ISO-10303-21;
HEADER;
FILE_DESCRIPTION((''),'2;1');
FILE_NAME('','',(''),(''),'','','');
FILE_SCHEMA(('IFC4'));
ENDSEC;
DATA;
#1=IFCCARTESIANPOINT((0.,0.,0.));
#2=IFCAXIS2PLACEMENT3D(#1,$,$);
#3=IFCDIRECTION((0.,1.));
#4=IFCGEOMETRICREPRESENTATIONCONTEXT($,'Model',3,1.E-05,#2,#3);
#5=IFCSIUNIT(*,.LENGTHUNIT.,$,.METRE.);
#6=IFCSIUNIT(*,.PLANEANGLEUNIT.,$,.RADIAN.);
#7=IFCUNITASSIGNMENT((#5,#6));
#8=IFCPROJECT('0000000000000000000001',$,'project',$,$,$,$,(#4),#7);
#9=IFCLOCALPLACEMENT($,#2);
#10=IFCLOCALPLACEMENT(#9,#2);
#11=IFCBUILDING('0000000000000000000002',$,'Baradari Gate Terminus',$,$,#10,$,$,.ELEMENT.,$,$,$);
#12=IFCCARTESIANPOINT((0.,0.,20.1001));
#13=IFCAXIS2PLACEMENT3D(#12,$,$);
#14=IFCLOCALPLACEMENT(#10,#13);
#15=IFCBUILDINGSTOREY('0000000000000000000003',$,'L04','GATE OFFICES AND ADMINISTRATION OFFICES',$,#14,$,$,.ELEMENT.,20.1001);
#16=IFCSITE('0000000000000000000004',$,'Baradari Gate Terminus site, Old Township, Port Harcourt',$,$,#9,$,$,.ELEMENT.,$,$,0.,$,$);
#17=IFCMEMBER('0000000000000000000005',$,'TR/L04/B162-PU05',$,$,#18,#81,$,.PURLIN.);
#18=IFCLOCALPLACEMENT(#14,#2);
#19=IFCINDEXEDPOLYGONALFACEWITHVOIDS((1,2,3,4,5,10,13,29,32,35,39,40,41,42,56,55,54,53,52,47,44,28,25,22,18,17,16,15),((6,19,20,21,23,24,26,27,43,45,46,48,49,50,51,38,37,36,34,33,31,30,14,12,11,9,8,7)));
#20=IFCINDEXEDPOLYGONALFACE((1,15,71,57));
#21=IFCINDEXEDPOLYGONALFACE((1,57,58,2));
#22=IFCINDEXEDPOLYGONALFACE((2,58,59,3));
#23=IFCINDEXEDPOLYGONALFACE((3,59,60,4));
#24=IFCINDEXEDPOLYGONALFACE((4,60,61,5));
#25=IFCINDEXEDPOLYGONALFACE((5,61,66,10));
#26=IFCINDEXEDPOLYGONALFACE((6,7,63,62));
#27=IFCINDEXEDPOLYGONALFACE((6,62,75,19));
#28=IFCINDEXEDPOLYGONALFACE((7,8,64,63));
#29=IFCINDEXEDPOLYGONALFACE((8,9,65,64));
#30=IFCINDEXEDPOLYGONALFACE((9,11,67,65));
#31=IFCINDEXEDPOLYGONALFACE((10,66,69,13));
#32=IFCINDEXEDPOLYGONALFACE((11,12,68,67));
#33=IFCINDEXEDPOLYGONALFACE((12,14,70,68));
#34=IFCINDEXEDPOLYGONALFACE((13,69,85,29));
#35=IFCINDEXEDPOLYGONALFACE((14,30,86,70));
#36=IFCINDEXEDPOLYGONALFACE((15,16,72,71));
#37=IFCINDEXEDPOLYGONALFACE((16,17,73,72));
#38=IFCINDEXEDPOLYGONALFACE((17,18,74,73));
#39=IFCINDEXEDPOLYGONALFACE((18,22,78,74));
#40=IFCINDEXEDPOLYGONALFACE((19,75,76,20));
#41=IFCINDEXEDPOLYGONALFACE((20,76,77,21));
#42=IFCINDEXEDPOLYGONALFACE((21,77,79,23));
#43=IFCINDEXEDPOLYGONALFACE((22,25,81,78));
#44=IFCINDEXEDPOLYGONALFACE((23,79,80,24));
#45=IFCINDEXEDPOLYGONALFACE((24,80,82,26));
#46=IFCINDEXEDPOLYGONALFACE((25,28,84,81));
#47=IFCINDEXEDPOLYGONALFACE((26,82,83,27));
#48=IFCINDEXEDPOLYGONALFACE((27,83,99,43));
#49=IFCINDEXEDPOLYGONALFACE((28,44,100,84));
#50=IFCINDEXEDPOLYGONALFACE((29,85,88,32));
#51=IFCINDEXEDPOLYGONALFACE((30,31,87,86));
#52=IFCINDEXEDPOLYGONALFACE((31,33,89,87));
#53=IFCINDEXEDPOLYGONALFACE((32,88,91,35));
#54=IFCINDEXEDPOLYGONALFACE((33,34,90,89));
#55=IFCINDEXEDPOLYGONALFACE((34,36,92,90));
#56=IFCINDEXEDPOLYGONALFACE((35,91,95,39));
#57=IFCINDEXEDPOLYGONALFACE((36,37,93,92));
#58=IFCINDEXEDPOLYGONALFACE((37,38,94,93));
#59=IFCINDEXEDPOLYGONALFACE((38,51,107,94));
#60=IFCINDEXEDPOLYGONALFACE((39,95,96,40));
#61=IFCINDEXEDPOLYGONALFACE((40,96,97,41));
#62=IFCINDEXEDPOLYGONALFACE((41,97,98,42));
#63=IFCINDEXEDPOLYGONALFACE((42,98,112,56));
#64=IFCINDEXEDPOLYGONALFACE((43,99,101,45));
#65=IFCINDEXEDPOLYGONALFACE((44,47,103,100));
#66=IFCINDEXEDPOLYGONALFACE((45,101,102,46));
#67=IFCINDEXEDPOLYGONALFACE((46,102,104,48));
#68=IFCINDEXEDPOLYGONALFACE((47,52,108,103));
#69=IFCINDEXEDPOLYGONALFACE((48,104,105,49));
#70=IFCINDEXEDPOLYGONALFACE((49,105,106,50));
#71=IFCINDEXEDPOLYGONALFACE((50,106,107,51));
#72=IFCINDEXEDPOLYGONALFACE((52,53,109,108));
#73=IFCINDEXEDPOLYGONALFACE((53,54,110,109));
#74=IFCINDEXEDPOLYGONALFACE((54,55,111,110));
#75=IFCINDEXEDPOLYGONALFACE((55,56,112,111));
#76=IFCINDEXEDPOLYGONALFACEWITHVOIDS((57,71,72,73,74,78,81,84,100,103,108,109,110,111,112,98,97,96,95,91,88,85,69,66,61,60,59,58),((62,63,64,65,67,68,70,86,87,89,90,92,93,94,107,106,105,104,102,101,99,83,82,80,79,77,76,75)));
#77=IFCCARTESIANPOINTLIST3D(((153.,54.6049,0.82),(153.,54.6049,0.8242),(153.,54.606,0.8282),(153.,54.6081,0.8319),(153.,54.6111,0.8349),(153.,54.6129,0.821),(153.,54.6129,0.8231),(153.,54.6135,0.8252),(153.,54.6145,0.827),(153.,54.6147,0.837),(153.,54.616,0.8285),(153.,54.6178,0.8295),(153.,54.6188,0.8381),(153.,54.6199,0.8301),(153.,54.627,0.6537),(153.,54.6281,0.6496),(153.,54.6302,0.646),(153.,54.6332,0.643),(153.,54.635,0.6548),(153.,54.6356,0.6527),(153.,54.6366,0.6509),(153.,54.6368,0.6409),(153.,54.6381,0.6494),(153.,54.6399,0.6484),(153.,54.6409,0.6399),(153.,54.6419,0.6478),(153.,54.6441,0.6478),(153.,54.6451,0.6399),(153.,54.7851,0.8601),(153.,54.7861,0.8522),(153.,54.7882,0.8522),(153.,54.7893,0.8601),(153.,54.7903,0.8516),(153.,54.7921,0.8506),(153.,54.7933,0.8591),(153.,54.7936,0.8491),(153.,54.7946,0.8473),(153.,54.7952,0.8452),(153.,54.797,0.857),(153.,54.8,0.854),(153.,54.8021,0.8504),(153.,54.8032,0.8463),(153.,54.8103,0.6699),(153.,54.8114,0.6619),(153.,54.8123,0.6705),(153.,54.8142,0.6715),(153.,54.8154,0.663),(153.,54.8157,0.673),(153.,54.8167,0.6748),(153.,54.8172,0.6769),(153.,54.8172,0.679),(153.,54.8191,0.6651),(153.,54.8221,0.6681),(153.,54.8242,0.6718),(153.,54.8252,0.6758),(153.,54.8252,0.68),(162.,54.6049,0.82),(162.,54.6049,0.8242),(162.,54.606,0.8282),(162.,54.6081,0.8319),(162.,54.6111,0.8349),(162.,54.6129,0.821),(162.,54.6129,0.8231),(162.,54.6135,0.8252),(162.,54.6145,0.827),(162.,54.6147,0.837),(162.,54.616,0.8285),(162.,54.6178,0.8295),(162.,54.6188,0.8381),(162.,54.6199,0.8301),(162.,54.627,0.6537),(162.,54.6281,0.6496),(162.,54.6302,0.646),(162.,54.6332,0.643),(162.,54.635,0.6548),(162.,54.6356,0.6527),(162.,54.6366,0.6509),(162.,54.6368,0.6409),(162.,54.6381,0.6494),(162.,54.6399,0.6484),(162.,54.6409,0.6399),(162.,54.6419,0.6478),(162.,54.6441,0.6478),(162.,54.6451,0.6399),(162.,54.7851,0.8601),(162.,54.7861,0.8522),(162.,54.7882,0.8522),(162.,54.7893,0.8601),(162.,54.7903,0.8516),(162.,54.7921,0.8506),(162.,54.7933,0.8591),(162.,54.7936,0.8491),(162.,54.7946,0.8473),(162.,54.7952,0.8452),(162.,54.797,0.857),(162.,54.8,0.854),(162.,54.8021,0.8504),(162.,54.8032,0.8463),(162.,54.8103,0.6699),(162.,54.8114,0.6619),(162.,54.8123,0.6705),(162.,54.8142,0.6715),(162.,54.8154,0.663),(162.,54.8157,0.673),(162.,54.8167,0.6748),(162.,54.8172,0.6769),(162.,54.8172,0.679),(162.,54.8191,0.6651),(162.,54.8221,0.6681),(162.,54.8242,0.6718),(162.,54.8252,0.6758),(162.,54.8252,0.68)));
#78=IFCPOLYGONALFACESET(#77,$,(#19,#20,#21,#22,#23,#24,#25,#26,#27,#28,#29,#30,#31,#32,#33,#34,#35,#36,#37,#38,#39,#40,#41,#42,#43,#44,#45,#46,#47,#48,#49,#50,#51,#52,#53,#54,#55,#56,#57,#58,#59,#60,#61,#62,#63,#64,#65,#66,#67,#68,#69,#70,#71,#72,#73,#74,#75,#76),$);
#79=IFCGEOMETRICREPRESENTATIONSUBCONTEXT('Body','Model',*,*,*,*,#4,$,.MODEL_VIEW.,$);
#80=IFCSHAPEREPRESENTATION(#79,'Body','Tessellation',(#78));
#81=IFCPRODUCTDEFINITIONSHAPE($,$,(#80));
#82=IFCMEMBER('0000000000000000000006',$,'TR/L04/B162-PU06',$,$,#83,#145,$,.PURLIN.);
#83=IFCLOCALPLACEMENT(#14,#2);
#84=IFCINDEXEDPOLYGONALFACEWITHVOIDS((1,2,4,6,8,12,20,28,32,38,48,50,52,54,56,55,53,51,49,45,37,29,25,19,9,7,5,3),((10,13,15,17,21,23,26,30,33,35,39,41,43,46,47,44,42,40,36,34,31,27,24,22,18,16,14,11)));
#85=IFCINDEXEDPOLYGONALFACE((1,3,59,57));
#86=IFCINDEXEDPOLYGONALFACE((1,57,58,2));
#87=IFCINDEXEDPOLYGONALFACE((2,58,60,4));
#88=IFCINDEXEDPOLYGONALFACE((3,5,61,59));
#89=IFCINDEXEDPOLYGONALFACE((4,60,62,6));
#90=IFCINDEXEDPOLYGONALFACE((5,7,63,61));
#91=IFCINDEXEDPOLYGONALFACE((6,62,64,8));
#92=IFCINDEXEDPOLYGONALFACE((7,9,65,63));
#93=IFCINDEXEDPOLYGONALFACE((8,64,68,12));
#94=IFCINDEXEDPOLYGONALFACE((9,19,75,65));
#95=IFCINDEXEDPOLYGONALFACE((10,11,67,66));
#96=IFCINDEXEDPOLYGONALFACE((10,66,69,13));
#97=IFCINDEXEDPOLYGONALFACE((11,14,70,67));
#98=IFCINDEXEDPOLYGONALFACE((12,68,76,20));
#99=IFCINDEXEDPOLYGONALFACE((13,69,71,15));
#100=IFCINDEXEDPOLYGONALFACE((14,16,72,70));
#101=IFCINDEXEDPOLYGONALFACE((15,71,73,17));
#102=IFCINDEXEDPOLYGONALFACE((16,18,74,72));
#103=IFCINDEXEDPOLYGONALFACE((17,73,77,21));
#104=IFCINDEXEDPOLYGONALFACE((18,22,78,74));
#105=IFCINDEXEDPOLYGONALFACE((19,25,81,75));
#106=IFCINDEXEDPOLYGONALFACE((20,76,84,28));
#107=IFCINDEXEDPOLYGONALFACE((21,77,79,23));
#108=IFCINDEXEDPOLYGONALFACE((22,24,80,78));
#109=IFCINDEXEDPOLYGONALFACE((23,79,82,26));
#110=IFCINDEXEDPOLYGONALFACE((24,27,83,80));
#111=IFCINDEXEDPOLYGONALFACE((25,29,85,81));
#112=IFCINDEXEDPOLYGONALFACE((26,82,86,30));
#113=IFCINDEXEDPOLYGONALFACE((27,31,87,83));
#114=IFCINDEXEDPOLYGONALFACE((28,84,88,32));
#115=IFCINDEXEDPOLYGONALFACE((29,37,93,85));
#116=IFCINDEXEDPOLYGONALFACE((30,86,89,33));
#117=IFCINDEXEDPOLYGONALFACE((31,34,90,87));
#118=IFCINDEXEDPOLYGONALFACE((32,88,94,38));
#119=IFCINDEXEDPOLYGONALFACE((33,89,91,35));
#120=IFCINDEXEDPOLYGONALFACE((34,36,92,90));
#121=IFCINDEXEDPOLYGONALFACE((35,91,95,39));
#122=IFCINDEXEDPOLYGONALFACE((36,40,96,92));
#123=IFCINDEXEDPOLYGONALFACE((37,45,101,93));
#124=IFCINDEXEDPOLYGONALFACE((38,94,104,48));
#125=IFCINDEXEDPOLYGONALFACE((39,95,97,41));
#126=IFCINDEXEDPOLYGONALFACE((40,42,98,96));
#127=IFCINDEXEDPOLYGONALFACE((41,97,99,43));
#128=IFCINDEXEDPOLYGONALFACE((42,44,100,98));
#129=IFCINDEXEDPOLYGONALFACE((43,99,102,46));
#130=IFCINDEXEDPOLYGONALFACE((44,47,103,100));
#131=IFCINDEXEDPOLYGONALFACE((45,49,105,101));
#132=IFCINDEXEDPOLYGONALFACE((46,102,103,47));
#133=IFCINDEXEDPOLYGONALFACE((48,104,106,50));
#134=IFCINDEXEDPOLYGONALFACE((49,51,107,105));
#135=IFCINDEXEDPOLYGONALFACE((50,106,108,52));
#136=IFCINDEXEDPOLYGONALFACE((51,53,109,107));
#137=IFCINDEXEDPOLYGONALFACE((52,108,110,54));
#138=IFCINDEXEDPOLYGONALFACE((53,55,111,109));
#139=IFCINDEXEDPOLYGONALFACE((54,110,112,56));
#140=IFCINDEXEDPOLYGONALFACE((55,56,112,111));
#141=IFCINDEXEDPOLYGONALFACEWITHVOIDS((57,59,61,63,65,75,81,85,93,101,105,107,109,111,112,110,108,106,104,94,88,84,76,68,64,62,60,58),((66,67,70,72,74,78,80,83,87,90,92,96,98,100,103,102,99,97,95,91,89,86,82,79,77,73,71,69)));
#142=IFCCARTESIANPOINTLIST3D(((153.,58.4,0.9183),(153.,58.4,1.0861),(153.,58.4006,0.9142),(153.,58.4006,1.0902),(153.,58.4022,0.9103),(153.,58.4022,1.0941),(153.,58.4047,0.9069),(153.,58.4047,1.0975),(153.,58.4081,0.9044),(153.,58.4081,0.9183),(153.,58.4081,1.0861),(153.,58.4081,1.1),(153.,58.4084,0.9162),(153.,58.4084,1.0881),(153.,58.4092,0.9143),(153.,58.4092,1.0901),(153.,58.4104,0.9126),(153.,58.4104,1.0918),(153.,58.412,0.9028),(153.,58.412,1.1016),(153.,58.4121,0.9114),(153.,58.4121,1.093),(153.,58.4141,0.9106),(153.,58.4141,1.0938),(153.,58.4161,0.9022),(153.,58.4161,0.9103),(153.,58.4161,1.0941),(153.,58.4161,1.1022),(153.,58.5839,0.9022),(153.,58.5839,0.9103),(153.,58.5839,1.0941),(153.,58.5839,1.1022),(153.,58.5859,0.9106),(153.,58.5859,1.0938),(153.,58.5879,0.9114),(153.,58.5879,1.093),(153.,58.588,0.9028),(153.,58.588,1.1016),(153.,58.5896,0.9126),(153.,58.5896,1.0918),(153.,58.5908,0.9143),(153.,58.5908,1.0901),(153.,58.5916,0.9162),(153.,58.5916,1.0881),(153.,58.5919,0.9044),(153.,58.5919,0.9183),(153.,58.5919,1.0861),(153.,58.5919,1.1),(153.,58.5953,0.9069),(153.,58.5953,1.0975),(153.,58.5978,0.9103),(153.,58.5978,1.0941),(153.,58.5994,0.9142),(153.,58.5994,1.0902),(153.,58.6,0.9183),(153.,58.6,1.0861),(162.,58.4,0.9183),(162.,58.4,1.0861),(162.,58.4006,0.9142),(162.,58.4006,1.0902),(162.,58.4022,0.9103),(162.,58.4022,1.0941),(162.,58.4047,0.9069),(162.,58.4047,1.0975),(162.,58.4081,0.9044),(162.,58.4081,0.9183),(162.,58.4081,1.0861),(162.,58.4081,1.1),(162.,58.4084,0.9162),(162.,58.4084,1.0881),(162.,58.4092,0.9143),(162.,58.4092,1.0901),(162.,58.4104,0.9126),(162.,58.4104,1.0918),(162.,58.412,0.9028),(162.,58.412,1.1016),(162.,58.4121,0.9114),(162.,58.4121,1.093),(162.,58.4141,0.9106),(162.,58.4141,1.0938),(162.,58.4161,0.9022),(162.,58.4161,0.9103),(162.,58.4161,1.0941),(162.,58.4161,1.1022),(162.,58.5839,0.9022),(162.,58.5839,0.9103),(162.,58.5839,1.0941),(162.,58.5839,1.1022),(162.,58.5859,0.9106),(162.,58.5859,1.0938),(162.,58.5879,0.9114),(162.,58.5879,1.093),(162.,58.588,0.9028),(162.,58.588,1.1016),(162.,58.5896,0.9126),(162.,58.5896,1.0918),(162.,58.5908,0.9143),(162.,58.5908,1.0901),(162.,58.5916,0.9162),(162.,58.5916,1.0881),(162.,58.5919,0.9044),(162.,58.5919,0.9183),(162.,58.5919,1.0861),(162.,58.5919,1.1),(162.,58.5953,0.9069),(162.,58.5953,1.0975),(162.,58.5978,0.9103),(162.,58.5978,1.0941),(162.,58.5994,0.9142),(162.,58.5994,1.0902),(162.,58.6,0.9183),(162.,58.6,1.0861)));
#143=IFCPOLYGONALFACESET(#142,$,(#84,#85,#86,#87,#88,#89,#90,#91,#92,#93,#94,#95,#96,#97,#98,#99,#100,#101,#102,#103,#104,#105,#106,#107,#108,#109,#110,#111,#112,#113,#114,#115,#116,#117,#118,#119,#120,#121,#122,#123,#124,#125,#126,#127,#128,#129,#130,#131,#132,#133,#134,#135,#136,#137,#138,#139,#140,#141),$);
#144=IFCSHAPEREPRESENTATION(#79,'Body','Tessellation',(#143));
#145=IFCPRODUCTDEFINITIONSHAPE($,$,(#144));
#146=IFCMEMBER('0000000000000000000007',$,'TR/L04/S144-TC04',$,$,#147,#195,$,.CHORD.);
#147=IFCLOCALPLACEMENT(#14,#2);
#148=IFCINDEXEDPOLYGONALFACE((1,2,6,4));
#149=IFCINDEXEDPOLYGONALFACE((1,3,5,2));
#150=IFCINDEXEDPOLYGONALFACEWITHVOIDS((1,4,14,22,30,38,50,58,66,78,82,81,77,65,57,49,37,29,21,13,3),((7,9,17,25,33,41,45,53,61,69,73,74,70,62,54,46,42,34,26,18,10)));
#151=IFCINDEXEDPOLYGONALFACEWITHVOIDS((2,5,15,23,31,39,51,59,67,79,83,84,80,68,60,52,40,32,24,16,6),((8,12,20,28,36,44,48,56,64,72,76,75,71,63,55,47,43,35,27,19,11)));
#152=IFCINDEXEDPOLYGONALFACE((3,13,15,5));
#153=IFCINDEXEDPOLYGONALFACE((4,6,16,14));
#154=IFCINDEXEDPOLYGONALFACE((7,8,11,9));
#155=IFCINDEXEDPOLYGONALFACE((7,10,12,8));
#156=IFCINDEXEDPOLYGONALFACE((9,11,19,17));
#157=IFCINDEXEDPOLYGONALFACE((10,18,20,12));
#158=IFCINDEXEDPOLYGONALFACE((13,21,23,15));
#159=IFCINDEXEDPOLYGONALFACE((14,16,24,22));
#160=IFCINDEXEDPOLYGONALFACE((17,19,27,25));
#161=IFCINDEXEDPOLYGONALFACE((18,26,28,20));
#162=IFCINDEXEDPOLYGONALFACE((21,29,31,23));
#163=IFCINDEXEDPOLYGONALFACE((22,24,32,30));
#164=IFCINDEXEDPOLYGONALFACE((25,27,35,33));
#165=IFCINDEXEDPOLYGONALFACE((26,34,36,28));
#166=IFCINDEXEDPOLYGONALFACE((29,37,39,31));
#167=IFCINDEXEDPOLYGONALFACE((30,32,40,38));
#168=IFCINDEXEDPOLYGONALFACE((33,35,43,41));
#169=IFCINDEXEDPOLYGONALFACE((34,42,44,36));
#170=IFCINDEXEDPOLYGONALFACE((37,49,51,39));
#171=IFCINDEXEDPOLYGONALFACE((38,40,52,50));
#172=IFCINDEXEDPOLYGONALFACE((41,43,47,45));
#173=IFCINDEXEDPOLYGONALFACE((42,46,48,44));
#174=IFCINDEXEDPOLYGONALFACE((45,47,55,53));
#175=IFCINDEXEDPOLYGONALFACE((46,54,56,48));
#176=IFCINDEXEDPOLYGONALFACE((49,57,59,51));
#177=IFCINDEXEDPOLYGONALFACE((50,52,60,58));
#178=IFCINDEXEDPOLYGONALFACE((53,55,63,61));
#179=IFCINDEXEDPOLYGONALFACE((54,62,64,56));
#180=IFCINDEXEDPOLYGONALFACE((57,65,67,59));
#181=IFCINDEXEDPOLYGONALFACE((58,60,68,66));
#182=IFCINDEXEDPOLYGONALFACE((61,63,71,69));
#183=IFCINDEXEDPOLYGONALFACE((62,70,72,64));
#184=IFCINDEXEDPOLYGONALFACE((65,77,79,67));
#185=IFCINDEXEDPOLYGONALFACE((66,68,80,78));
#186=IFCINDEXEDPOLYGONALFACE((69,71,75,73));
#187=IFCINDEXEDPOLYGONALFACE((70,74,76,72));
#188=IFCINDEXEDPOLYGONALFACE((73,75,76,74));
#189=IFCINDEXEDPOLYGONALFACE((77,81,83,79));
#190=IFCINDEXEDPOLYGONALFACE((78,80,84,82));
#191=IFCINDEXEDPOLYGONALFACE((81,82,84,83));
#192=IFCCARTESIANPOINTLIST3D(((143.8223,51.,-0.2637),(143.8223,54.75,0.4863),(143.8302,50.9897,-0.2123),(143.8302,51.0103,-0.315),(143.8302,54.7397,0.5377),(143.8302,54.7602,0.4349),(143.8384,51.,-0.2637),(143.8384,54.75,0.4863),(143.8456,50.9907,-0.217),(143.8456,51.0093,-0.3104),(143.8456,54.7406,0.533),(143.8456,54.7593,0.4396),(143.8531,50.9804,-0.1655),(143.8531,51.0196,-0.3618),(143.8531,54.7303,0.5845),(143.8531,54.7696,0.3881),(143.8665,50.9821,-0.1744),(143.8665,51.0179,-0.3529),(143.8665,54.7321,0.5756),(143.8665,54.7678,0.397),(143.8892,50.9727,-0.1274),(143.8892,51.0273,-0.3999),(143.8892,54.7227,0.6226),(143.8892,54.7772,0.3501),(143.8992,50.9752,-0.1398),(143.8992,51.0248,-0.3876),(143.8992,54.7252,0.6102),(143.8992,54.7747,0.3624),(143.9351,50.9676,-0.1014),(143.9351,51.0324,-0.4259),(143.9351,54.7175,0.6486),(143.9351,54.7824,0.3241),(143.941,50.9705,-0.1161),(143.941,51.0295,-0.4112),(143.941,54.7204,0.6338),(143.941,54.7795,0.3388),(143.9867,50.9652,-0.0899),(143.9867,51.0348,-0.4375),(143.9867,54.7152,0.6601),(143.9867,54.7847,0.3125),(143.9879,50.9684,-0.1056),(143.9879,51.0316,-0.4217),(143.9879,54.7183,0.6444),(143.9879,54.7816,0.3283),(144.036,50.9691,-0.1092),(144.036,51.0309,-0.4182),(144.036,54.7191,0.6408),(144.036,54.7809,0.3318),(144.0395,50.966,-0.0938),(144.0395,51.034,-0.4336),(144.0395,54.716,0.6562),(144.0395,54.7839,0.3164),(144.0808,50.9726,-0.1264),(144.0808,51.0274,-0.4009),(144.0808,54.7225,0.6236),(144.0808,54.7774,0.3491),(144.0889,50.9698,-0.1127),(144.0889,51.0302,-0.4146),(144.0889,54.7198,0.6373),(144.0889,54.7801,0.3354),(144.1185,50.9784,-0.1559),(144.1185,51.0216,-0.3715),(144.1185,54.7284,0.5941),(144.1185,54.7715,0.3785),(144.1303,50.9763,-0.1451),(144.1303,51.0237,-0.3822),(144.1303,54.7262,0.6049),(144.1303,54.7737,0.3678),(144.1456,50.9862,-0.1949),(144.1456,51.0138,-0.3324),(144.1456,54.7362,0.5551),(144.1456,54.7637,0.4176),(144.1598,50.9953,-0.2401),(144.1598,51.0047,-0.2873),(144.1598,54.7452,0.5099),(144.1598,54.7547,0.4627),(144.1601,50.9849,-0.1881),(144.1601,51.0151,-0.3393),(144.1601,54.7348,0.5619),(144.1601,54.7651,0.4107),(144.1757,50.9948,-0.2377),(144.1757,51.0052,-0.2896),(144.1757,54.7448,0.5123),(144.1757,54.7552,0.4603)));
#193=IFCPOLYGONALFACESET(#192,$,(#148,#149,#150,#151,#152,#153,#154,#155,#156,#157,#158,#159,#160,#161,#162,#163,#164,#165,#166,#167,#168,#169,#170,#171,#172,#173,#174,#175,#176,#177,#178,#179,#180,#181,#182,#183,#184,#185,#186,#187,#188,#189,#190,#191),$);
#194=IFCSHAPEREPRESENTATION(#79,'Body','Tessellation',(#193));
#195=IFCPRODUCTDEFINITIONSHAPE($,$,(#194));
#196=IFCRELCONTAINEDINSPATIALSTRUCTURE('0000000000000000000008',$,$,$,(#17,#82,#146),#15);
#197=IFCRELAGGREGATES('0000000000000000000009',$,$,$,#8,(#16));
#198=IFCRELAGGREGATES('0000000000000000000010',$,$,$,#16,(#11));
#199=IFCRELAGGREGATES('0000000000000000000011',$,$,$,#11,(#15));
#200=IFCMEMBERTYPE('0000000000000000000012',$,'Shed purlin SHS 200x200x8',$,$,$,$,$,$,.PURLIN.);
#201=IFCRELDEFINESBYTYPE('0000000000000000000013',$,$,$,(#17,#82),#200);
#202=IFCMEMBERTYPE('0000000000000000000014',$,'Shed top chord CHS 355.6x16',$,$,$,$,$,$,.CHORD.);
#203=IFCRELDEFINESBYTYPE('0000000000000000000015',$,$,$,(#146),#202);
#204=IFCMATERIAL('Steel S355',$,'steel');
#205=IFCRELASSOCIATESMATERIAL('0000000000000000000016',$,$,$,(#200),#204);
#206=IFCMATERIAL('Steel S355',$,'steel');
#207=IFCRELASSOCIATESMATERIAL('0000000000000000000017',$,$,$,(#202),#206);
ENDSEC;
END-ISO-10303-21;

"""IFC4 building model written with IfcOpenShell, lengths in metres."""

from ifc_helpers import new_model, si_unit, direction, frame, origin, origin_2d, place, context, subcontext, project, spatial, hollow_rectangle, hollow_circle, extrude, material, material_profile, profile_set, type_object, element, save


model = new_model("IFC4")

# Units and contexts
model_context = context("Model", 3, precision=1e-05, world=origin(), true_north=direction((0.0, 1.0)))
body_context = subcontext(model_context, "Body", "Model", "MODEL_VIEW")
ifc_project = project(units=[si_unit("LENGTHUNIT", "METRE"), si_unit("PLANEANGLEUNIT", "RADIAN")], contexts=[model_context])

# Site, building, storey
site_placement = place(None, origin())
site = spatial("IfcSite", under=ifc_project, at=site_placement, Name="Baradari Gate Terminus site, Old Township, Port Harcourt", CompositionType="ELEMENT", RefElevation=0.0)
building_placement = place(site_placement, origin())
building = spatial("IfcBuilding", under=site, at=building_placement, Name="Baradari Gate Terminus", CompositionType="ELEMENT")
storey_placement = place(building_placement, frame((0.0, 0.0, 20.1001)))
storey = spatial("IfcBuildingStorey", under=building, at=storey_placement, Name="L04", Description="GATE OFFICES AND ADMINISTRATION OFFICES", CompositionType="ELEMENT", Elevation=20.1001)

# Members
ifc_material_1 = material(Name="Steel S355", Category="steel")
ifc_material_profile_1 = material_profile(ifc_material_1, hollow_rectangle(XDim=0.2, YDim=0.2, WallThickness=0.0081, InnerFilletRadius=0.0081, OuterFilletRadius=0.0161, at=origin_2d()), Name="SHS 200x200x8")
ifc_profile_set_1 = profile_set([ifc_material_profile_1], Name="Steel S355")
member_type_1 = type_object("IfcMemberType", Name="Shed purlin SHS 200x200x8", PredefinedType="PURLIN", material=ifc_profile_set_1)
for number, where, z_axis, x_axis, name in (
    (1, (153.0, 54.7151, 0.75), (1.0, 0.0, 0.0), (0.0, 0.991303, 0.131599), "TR/L04/B162-PU05"),
    (2, (153.0, 58.5, 1.0022), (1.0, 0.0, 0.0), (0.0, 1.0, 0.0), "TR/L04/B162-PU06"),
):
    element("IfcMember", number, at=place(storey_placement, frame(where, z_axis=z_axis, x_axis=x_axis)), inside=storey, type_object=member_type_1, Name=name, PredefinedType="PURLIN", context=body_context, shape_type="SweptSolid", body=[
        extrude(hollow_rectangle(XDim=0.2, YDim=0.2, WallThickness=0.0081, InnerFilletRadius=0.0081, OuterFilletRadius=0.0161, at=origin_2d()), origin(), (0.0, 0.0, 1.0), 9.0),
    ])
ifc_material_2 = material(Name="Steel S355", Category="steel")
ifc_material_profile_2 = material_profile(ifc_material_2, hollow_circle(Radius=0.1777, WallThickness=0.0161, at=origin_2d()), Name="CHS 355.6x16")
ifc_profile_set_2 = profile_set([ifc_material_profile_2], Name="Steel S355")
member_type_2 = type_object("IfcMemberType", Name="Shed top chord CHS 355.6x16", PredefinedType="CHORD", material=ifc_profile_set_2)
member_1_placement = place(storey_placement, frame((144.0, 51.0, -0.2637), z_axis=(0.0, 0.980581, 0.196116), x_axis=(-1.0, 0.0, 0.0)))
element("IfcMember", 3, at=member_1_placement, inside=storey, type_object=member_type_2, Name="TR/L04/S144-TC04", PredefinedType="CHORD", context=body_context, shape_type="SweptSolid", body=[
    extrude(hollow_circle(Radius=0.1777, WallThickness=0.0161, at=origin_2d()), origin(), (0.0, 0.0, 1.0), 3.8242),
])

save(model, "model.ifc")
